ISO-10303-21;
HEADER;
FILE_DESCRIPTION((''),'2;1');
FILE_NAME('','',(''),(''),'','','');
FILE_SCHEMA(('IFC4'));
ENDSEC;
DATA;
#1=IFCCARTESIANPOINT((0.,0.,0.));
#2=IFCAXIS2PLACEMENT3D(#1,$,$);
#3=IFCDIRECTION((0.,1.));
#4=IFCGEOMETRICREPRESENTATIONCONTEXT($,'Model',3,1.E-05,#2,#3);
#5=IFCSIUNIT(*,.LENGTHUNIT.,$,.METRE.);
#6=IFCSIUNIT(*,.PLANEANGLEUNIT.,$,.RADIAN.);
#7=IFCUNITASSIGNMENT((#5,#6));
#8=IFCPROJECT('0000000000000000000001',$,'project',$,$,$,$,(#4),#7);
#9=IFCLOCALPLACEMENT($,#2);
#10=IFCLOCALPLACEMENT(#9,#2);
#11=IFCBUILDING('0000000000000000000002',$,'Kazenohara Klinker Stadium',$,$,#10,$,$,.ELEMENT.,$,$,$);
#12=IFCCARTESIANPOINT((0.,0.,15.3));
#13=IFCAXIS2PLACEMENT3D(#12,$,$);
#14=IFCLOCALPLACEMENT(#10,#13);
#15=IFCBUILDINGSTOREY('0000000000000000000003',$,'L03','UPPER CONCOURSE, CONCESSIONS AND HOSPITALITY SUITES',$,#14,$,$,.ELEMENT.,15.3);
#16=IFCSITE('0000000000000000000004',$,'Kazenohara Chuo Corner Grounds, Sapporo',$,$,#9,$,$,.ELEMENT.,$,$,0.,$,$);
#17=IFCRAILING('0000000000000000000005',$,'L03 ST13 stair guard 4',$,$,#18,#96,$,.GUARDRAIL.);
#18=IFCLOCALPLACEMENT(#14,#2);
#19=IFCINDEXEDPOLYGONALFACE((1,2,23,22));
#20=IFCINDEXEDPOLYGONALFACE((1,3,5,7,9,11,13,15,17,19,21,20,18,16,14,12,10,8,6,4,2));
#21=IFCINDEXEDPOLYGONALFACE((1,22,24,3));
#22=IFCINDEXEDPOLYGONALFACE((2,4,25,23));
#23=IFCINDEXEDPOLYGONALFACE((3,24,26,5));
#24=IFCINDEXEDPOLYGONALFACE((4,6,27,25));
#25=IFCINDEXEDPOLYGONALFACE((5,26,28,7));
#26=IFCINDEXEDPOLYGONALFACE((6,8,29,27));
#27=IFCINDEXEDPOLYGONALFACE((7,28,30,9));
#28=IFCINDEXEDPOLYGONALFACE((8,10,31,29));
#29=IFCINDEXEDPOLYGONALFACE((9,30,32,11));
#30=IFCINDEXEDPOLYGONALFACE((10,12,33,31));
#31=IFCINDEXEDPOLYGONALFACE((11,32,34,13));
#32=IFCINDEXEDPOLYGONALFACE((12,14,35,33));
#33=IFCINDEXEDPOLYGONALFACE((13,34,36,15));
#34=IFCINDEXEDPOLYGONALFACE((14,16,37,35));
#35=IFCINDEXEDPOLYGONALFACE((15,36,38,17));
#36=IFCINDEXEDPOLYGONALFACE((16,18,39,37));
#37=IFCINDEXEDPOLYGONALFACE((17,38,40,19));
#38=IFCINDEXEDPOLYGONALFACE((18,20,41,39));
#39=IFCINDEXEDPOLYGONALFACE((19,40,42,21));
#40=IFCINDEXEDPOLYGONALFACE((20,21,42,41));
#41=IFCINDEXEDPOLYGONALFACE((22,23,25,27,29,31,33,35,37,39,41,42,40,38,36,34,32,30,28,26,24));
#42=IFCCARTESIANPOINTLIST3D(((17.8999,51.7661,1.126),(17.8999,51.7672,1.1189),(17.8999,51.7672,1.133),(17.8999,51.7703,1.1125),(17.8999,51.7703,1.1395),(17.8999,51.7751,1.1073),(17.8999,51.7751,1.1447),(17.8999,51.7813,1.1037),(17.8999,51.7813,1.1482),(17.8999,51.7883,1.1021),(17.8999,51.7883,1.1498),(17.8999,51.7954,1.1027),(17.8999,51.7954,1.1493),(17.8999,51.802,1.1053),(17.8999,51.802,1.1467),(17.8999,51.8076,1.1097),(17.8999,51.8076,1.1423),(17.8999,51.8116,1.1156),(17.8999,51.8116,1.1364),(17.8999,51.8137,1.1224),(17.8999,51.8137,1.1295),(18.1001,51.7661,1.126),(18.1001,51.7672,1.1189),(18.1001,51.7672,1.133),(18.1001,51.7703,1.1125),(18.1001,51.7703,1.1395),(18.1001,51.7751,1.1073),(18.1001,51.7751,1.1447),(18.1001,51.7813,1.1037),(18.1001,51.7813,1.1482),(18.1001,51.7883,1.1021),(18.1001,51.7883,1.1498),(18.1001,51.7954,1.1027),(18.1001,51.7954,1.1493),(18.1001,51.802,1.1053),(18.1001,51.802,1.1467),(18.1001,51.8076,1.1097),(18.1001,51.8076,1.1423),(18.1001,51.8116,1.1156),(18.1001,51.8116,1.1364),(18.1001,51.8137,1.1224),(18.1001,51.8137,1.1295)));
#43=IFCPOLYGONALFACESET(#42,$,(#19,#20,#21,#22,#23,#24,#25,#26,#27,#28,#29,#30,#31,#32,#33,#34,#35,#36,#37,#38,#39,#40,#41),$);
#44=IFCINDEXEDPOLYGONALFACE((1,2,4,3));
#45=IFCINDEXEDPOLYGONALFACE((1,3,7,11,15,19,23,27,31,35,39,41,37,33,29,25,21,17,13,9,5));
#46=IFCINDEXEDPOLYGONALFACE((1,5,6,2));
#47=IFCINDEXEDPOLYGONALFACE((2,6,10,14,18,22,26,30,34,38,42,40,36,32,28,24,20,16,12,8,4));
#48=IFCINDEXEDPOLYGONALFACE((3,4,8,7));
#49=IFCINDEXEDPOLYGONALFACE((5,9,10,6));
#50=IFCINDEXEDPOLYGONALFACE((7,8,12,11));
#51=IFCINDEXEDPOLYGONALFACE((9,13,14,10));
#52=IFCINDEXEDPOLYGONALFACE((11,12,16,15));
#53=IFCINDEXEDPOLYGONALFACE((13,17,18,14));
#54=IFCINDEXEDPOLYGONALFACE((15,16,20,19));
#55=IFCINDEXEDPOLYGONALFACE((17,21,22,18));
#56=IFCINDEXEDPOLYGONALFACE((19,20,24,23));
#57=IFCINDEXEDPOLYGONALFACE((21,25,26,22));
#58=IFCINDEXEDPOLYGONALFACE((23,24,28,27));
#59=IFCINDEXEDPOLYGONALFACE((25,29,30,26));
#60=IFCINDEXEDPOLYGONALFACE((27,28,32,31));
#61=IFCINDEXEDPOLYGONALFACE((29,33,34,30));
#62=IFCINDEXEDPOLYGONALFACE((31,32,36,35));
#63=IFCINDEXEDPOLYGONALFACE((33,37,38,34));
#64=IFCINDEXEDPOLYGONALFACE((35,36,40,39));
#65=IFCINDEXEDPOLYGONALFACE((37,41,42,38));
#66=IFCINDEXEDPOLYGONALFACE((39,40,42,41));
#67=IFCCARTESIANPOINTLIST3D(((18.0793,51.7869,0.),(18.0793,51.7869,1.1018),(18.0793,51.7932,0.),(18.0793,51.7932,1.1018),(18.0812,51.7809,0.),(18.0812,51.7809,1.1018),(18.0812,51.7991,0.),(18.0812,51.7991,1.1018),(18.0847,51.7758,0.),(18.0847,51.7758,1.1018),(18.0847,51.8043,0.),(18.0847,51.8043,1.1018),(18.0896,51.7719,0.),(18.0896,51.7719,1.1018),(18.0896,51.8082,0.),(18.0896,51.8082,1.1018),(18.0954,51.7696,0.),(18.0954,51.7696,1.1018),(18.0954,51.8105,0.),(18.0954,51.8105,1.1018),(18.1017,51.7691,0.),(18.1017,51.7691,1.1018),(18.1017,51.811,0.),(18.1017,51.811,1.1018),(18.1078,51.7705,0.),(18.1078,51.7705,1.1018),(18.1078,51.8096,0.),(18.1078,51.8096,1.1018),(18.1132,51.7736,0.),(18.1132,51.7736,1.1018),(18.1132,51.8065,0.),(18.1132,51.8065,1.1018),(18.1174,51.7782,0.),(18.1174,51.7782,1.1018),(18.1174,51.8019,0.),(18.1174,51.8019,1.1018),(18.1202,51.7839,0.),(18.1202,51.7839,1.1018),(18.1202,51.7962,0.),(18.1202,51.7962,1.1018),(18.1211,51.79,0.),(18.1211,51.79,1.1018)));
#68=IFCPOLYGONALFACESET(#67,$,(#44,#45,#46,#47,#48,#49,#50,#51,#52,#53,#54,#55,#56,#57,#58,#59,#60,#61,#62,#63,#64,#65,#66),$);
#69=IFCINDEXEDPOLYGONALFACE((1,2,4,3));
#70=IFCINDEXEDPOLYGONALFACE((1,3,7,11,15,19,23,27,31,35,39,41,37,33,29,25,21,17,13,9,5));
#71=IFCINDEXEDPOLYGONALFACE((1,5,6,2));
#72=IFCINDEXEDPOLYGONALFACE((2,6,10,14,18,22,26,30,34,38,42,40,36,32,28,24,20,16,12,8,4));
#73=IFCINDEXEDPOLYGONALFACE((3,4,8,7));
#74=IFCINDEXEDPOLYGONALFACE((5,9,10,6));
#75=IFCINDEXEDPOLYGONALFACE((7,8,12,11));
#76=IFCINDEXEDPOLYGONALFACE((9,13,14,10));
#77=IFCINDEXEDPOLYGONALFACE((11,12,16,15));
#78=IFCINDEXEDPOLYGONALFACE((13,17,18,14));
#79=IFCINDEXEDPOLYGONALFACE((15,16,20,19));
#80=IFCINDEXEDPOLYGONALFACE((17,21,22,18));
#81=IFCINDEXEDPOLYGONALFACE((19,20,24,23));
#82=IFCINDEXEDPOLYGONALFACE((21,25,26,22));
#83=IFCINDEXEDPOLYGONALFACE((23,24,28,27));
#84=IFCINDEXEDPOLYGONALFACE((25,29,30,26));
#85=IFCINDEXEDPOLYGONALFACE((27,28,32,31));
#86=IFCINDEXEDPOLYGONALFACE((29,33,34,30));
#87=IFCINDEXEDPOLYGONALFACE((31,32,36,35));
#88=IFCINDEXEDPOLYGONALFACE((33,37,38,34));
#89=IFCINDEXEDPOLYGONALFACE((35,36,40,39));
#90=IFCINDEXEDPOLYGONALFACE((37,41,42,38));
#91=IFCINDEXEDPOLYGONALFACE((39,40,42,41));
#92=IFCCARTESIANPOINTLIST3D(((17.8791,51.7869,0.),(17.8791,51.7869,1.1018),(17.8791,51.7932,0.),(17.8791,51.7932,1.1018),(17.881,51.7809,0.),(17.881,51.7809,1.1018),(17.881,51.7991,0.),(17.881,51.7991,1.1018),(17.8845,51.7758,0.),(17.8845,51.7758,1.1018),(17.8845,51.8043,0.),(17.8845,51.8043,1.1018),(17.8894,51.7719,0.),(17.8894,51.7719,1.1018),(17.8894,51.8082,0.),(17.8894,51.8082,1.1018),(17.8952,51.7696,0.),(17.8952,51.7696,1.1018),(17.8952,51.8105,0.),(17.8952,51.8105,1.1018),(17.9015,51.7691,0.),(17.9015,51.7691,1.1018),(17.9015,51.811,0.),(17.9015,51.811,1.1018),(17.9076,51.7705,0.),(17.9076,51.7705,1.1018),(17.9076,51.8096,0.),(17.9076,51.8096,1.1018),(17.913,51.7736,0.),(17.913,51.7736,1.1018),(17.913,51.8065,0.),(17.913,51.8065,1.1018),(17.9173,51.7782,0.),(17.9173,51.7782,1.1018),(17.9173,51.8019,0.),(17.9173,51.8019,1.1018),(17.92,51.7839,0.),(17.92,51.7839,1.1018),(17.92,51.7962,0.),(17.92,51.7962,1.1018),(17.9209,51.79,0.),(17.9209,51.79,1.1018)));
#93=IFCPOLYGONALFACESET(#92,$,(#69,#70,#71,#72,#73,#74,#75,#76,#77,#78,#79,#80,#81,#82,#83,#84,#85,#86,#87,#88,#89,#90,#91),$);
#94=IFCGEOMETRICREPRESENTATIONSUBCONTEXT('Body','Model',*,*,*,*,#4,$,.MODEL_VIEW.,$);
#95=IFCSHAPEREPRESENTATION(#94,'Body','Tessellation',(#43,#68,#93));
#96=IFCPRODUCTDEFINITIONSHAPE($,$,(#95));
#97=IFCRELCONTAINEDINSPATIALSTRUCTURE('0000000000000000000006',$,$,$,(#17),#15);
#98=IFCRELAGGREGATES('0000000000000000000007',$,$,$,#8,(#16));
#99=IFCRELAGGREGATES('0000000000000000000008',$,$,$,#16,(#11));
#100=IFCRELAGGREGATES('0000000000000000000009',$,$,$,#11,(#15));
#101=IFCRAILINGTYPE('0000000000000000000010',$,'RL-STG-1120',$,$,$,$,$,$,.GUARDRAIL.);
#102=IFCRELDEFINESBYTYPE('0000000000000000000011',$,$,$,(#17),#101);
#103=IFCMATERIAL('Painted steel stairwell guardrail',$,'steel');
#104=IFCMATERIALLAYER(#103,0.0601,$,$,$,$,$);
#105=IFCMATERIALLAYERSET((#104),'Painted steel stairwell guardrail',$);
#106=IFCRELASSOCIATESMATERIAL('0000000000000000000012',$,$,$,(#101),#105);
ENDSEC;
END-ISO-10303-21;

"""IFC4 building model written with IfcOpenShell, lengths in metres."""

from ifc_helpers import new_model, si_unit, direction, frame, origin, origin_2d, place, context, subcontext, project, spatial, circle, extrude, material, layer, layer_set, type_object, element, save


model = new_model("IFC4")

# Units and contexts
model_context = context("Model", 3, precision=1e-05, world=origin(), true_north=direction((0.0, 1.0)))
body_context = subcontext(model_context, "Body", "Model", "MODEL_VIEW")
ifc_project = project(units=[si_unit("LENGTHUNIT", "METRE"), si_unit("PLANEANGLEUNIT", "RADIAN")], contexts=[model_context])

# Site, building, storey
site_placement = place(None, origin())
site = spatial("IfcSite", under=ifc_project, at=site_placement, Name="Kazenohara Chuo Corner Grounds, Sapporo", CompositionType="ELEMENT", RefElevation=0.0)
building_placement = place(site_placement, origin())
building = spatial("IfcBuilding", under=site, at=building_placement, Name="Kazenohara Klinker Stadium", CompositionType="ELEMENT")
storey_placement = place(building_placement, frame((0.0, 0.0, 15.3)))
storey = spatial("IfcBuildingStorey", under=building, at=storey_placement, Name="L03", Description="UPPER CONCOURSE, CONCESSIONS AND HOSPITALITY SUITES", CompositionType="ELEMENT", Elevation=15.3)

# Railing
ifc_material_1 = material(Name="Painted steel stairwell guardrail", Category="steel")
ifc_layer_1 = layer(ifc_material_1, 0.0601)
ifc_layer_set_1 = layer_set([ifc_layer_1], Name="Painted steel stairwell guardrail")
railing_type_1 = type_object("IfcRailingType", Name="RL-STG-1120", PredefinedType="GUARDRAIL", material=ifc_layer_set_1)
railing_1_placement = place(storey_placement, frame((18.1001, 51.79, 0.0)))
element("IfcRailing", 1, at=railing_1_placement, inside=storey, type_object=railing_type_1, Name="L03 ST13 stair guard 4", PredefinedType="GUARDRAIL", context=body_context, shape_type="SweptSolid", body=[
    extrude(circle(Radius=0.0239, at=origin_2d()), frame((0.0, 0.0, 1.126), z_axis=(-1.0, 0.0, 0.0), x_axis=(0.0, -1.0, 0.0)), (0.0, 0.0, 1.0), 0.2002),
    extrude(circle(Radius=0.021, at=origin_2d()), origin(), (0.0, 0.0, 1.0), 1.1018),
    extrude(circle(Radius=0.021, at=origin_2d()), frame((-0.2002, 0.0, 0.0)), (0.0, 0.0, 1.0), 1.1018),
])

save(model, "model.ifc")
